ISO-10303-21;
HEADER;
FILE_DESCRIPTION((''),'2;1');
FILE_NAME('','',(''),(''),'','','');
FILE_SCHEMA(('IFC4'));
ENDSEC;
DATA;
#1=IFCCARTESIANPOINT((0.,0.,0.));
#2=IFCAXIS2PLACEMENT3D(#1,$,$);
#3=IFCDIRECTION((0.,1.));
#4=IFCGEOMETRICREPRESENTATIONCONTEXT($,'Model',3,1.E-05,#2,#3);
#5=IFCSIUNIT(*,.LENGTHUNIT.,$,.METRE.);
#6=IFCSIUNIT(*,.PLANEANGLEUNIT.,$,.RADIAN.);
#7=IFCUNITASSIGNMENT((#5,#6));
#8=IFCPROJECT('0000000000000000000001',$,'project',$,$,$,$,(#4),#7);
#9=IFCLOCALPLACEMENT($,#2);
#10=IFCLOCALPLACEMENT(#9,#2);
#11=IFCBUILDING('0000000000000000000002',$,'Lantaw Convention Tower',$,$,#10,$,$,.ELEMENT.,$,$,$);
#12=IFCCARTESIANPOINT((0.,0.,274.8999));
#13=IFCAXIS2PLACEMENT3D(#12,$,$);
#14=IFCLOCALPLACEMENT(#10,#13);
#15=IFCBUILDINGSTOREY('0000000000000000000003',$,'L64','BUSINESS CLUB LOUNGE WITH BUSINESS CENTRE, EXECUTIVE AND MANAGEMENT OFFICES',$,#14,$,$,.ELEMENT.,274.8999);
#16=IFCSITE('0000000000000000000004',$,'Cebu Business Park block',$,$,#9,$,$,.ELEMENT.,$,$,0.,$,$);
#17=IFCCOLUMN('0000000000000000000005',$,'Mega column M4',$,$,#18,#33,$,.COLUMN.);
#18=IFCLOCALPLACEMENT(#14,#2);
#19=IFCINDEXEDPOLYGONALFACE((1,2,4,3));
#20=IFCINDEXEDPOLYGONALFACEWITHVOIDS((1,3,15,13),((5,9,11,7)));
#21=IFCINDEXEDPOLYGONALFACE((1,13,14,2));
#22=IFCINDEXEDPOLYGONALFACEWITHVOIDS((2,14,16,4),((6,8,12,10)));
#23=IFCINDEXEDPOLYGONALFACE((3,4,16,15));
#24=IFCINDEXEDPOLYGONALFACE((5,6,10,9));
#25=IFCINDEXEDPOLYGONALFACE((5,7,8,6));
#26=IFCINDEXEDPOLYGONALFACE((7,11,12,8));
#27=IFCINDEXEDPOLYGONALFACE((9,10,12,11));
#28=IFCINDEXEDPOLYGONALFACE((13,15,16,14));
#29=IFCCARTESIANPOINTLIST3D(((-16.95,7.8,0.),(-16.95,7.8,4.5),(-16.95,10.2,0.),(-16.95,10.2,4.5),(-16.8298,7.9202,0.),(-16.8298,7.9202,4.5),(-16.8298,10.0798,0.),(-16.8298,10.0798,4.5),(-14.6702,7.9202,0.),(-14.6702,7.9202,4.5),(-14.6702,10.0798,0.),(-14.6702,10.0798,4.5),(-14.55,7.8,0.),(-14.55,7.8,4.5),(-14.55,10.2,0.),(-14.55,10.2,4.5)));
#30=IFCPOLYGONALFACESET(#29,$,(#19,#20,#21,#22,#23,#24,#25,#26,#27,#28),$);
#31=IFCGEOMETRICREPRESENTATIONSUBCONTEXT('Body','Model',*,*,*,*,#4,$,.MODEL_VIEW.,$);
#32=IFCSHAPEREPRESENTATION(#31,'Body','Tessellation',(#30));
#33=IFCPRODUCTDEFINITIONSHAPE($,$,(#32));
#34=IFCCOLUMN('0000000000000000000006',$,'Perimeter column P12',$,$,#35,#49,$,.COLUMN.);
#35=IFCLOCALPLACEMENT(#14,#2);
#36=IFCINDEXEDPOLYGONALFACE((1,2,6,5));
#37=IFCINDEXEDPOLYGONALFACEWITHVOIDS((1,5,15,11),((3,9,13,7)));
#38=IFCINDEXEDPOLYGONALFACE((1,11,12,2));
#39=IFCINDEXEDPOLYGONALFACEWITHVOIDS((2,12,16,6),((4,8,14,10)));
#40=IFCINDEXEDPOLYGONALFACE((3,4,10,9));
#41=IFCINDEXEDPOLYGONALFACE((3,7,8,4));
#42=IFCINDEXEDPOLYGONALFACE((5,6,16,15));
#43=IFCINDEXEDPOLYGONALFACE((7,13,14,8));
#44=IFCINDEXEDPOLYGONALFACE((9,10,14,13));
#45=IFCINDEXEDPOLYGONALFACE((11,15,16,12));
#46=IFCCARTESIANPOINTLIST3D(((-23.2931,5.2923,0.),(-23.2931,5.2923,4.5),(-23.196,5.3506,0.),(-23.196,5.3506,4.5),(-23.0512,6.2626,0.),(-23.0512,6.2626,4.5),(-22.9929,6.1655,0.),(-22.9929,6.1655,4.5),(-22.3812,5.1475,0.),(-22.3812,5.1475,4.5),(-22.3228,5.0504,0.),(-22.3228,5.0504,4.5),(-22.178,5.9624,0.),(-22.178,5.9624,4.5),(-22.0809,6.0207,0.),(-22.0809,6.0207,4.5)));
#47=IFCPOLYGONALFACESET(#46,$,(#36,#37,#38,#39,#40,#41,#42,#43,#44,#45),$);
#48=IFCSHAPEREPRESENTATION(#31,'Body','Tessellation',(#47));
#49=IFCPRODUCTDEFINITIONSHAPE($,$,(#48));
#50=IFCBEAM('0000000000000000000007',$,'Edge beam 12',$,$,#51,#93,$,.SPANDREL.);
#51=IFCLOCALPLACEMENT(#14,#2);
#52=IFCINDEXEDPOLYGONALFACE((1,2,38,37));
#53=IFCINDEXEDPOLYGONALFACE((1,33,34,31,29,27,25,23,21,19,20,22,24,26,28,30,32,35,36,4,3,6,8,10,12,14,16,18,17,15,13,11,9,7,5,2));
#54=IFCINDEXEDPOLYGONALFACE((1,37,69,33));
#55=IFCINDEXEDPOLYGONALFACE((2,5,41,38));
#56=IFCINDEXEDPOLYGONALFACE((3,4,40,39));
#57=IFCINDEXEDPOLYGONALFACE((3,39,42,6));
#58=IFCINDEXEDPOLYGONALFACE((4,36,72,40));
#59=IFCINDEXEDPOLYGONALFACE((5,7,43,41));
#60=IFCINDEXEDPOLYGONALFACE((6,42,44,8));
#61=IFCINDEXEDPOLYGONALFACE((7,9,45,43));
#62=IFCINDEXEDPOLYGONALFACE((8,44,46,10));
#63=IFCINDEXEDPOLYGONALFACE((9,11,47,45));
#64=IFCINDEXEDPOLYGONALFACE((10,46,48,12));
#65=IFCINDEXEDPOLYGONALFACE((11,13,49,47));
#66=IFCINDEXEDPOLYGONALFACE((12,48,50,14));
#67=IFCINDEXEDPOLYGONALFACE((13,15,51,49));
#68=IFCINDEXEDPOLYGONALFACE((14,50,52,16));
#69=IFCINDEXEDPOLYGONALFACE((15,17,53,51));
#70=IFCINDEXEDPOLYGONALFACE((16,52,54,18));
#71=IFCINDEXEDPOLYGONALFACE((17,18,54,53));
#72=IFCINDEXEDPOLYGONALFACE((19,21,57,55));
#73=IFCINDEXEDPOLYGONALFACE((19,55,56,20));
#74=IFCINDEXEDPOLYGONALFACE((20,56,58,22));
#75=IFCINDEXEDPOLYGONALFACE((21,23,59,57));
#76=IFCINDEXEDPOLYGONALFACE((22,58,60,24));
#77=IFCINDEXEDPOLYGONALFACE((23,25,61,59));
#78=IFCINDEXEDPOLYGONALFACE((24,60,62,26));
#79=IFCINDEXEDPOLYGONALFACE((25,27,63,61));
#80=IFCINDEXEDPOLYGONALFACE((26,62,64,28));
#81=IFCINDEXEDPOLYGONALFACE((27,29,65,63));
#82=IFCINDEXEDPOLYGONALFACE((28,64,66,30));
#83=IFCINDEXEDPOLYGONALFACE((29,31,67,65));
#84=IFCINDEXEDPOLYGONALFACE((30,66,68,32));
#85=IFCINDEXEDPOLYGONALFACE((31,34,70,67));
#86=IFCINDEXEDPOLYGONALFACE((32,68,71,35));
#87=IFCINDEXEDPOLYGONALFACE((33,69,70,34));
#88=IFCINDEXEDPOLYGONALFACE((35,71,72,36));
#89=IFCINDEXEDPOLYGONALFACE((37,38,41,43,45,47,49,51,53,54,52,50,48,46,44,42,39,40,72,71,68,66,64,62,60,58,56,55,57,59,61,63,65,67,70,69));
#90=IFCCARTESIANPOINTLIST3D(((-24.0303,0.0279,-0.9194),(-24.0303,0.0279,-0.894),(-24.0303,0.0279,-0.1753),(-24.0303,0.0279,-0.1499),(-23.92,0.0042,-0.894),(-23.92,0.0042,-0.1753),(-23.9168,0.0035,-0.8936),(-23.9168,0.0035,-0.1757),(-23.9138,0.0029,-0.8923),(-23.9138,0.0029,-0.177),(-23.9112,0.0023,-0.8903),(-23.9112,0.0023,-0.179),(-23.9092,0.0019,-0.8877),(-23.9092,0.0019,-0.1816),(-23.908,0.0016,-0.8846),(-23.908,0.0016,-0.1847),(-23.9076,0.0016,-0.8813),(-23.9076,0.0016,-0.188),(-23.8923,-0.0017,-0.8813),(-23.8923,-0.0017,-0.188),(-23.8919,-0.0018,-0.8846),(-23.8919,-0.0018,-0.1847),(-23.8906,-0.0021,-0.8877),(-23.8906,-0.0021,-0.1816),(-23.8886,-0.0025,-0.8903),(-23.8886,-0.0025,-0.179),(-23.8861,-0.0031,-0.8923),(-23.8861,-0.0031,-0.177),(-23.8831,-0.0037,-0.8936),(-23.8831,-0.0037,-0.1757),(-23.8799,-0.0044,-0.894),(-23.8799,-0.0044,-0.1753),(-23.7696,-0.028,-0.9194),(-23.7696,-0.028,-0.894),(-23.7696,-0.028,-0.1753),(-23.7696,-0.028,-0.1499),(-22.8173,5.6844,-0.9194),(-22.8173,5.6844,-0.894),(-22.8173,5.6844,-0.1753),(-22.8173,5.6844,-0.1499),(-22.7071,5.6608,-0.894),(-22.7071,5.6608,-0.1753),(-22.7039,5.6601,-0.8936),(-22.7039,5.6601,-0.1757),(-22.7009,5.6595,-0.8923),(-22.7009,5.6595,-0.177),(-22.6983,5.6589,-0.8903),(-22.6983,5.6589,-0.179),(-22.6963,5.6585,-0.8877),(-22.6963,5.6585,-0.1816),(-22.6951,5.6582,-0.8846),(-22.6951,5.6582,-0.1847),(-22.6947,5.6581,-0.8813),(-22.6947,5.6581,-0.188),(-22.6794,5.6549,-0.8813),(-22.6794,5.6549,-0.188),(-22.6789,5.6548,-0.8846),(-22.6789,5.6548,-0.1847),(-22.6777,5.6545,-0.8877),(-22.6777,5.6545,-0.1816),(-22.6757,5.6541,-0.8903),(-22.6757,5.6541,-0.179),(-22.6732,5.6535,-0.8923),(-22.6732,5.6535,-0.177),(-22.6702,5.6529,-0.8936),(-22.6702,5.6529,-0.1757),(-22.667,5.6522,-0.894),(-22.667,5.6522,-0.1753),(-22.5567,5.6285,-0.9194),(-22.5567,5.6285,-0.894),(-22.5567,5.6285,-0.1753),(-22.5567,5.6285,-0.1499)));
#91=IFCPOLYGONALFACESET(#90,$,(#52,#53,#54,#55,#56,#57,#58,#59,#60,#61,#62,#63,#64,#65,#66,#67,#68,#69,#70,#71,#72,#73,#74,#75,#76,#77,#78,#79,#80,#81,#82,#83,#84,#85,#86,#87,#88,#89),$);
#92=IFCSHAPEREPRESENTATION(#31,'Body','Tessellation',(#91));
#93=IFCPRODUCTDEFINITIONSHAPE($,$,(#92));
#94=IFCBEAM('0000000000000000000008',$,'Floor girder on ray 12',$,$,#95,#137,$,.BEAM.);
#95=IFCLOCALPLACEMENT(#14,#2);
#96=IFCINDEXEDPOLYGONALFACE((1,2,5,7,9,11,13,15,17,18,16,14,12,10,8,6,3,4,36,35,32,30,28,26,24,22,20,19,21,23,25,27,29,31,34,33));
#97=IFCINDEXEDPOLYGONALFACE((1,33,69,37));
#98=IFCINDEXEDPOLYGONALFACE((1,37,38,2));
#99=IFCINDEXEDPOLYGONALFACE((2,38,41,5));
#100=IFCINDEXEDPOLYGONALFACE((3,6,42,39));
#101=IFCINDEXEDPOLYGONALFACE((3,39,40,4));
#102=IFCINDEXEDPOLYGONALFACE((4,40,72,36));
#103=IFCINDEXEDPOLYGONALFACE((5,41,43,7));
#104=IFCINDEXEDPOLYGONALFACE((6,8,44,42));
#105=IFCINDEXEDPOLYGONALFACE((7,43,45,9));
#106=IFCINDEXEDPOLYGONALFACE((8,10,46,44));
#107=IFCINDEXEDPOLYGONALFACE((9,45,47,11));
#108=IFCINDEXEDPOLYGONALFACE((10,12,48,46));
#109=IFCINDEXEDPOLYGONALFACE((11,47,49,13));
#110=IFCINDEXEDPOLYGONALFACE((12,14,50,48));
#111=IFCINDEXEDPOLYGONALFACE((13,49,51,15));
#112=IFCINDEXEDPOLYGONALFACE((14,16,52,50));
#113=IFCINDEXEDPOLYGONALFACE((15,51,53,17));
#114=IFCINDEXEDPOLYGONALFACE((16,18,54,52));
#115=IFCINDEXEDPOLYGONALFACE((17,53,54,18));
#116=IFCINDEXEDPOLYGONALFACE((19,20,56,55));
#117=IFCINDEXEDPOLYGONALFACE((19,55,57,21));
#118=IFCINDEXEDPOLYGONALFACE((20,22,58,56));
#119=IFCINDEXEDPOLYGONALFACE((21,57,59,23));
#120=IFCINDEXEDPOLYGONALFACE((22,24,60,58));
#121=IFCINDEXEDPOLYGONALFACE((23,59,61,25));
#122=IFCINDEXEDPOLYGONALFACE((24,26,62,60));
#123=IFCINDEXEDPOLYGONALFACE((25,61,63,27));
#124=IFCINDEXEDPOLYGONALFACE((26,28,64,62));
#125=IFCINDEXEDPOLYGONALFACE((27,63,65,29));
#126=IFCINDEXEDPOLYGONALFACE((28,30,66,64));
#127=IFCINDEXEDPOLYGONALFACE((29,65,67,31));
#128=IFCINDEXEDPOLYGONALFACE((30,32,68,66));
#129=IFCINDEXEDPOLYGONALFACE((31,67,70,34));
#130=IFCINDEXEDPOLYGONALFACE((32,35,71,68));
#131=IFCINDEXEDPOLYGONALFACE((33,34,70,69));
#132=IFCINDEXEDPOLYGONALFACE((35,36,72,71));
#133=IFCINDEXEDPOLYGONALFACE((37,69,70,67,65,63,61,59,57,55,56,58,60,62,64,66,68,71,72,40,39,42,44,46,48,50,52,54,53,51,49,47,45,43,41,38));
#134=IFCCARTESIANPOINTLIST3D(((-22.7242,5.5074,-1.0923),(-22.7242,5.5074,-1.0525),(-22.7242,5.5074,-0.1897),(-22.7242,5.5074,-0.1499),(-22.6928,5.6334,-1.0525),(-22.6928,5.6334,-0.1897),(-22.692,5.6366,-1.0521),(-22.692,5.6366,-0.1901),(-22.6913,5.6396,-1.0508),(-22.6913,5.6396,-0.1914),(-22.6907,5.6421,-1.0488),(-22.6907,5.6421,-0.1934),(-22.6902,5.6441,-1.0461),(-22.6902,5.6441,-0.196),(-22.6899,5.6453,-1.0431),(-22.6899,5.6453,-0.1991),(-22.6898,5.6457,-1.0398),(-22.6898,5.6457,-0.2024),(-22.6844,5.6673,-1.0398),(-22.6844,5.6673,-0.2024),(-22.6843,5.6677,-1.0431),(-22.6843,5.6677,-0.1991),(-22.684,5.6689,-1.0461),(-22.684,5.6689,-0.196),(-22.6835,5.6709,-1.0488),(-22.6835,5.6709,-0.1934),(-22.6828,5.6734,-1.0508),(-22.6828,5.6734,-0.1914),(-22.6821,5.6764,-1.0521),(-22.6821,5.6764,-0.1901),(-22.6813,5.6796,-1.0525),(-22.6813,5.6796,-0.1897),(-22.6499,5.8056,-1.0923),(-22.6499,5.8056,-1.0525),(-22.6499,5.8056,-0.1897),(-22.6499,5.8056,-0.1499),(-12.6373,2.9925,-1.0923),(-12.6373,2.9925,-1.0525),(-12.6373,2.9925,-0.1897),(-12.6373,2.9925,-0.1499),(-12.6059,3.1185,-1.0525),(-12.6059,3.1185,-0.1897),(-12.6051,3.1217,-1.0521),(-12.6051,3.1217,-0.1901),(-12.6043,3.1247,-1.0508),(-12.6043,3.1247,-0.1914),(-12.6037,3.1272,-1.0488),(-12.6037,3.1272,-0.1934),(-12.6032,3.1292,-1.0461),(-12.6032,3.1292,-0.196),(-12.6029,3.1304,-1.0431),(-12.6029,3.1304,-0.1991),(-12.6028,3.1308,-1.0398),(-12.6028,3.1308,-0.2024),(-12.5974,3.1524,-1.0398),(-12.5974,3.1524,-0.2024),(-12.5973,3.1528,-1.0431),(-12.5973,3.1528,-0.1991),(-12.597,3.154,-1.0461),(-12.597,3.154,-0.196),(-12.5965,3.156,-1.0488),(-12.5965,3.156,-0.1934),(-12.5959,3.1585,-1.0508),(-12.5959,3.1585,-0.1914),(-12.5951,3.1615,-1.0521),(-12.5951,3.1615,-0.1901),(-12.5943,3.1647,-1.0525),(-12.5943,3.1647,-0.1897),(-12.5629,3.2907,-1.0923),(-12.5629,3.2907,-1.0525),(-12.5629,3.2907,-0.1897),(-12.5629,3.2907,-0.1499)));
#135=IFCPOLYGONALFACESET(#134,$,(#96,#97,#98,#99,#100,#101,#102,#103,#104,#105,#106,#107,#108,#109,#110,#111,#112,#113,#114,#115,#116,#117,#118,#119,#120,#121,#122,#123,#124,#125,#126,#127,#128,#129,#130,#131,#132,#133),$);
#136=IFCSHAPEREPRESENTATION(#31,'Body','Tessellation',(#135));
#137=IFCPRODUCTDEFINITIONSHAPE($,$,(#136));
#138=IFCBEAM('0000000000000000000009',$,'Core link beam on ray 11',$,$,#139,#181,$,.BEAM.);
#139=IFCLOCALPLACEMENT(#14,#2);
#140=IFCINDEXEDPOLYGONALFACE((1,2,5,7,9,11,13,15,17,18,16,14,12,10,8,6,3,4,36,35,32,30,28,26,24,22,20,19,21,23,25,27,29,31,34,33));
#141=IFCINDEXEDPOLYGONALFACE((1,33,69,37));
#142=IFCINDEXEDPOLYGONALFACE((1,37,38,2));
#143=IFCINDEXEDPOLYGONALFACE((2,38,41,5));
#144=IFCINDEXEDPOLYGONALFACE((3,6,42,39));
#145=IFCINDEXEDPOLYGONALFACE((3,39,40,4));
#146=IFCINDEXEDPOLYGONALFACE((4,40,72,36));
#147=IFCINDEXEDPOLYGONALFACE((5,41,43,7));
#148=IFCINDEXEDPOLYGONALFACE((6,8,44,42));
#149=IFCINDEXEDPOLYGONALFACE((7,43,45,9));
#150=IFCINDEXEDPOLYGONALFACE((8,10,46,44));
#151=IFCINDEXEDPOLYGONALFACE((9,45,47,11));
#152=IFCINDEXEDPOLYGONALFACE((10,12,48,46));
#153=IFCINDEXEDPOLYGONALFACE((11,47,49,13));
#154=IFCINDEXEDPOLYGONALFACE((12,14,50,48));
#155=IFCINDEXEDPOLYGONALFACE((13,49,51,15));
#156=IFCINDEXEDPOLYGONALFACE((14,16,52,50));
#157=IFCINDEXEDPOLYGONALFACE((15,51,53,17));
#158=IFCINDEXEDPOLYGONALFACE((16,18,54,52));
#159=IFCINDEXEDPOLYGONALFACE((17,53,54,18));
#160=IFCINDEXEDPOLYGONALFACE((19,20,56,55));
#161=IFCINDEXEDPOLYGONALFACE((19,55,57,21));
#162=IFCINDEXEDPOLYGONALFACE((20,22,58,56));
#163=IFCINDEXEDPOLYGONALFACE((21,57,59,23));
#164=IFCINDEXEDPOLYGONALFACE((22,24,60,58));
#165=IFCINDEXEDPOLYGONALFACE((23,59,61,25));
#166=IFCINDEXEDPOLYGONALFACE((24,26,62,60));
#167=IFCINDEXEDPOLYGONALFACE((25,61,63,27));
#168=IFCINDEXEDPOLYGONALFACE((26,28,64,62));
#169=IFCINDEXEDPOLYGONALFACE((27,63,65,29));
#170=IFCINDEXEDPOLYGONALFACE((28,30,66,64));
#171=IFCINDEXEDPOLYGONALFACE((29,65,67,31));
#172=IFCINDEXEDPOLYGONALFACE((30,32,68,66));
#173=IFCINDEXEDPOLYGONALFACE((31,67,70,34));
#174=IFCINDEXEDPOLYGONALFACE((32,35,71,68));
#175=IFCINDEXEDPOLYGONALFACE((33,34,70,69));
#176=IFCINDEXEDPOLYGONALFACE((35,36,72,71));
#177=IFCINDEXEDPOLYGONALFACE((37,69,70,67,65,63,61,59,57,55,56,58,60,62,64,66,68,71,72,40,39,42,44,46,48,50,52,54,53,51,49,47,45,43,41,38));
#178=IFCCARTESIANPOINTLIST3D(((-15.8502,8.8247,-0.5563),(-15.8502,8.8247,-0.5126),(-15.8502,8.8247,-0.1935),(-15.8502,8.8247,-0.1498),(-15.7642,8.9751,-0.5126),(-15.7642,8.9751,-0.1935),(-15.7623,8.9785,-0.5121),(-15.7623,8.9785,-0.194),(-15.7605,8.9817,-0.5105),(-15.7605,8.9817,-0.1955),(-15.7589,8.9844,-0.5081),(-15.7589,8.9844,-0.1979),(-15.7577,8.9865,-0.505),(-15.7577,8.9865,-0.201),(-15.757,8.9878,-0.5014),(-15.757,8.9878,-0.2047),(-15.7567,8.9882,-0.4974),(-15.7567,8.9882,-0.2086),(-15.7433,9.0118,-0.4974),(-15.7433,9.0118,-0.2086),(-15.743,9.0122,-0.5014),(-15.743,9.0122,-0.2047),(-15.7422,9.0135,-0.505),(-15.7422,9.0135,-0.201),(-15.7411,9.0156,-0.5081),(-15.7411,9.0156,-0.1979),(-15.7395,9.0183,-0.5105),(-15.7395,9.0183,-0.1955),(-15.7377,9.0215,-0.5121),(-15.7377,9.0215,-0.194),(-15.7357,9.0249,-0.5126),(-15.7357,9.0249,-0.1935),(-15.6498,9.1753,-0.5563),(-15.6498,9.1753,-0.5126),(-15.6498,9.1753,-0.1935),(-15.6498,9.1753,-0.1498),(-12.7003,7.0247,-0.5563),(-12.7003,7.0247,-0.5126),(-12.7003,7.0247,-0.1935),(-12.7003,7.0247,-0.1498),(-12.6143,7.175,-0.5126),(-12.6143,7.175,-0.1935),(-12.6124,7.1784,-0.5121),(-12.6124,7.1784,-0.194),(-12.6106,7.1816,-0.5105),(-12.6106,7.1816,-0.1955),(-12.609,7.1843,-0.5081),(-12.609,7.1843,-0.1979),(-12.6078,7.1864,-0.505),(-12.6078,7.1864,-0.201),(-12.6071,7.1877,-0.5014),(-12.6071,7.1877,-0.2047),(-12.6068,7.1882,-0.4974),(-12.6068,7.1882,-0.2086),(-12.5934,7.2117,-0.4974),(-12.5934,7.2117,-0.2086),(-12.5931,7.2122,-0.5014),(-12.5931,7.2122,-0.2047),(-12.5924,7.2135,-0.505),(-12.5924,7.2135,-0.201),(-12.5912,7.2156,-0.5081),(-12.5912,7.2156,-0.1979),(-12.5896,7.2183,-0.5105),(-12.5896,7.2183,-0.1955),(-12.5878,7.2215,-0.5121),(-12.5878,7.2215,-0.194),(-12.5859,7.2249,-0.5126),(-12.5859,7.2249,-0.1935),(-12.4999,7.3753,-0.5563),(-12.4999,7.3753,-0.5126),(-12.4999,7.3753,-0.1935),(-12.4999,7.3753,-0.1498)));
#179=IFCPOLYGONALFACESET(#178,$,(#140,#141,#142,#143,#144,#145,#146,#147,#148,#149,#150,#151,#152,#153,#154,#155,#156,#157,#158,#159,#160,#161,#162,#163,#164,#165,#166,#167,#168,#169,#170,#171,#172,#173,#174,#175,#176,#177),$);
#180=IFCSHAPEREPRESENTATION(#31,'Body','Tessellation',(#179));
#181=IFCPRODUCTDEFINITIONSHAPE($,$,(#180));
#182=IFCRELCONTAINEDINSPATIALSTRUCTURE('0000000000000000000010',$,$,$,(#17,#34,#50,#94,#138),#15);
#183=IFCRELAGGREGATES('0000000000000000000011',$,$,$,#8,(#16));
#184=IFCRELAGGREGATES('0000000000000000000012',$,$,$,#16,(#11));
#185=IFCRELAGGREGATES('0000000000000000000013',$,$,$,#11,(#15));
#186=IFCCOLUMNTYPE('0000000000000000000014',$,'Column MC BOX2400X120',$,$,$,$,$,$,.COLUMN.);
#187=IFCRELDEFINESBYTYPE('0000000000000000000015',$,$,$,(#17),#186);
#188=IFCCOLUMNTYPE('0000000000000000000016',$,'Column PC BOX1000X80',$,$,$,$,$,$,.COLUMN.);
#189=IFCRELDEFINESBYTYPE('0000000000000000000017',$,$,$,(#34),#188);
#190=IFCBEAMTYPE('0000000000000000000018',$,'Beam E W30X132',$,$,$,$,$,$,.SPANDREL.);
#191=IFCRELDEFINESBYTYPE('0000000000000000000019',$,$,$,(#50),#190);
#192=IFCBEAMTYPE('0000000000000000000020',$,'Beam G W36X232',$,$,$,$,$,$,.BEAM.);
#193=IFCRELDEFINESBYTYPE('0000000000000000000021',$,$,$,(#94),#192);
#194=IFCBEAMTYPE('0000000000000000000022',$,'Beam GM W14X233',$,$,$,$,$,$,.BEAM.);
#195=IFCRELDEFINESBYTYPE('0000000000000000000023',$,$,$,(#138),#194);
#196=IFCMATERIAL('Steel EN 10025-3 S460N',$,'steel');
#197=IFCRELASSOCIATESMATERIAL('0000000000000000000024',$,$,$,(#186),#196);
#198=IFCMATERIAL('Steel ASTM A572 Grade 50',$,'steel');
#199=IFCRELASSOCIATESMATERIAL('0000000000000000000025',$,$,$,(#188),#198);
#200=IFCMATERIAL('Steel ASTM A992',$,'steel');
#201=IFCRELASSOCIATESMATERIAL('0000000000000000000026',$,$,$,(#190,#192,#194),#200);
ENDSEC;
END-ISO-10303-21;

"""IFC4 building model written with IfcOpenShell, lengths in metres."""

from ifc_helpers import new_model, si_unit, direction, frame, origin, origin_2d, place, context, subcontext, project, spatial, rectangle, hollow_rectangle, i_section, extrude, material, material_profile, profile_set, type_object, element, save


model = new_model("IFC4")

# Units and contexts
model_context = context("Model", 3, precision=1e-05, world=origin(), true_north=direction((0.0, 1.0)))
body_context = subcontext(model_context, "Body", "Model", "MODEL_VIEW")
ifc_project = project(units=[si_unit("LENGTHUNIT", "METRE"), si_unit("PLANEANGLEUNIT", "RADIAN")], contexts=[model_context])

# Site, building, storey
site_placement = place(None, origin())
site = spatial("IfcSite", under=ifc_project, at=site_placement, Name="Cebu Business Park block", CompositionType="ELEMENT", RefElevation=0.0)
building_placement = place(site_placement, origin())
building = spatial("IfcBuilding", under=site, at=building_placement, Name="Lantaw Convention Tower", CompositionType="ELEMENT")
storey_placement = place(building_placement, frame((0.0, 0.0, 274.8999)))
storey = spatial("IfcBuildingStorey", under=building, at=storey_placement, Name="L64", Description="BUSINESS CLUB LOUNGE WITH BUSINESS CENTRE, EXECUTIVE AND MANAGEMENT OFFICES", CompositionType="ELEMENT", Elevation=274.8999)

# Columns
ifc_material_1 = material(Name="Steel EN 10025-3 S460N", Category="steel")
ifc_material_profile_1 = material_profile(ifc_material_1, hollow_rectangle(XDim=2.3999, YDim=2.3999, WallThickness=0.1201, at=origin_2d()), Name="BOX2400X120")
ifc_material_2 = material(Name="Concrete C60/75", Category="concrete")
ifc_material_profile_2 = material_profile(ifc_material_2, rectangle(XDim=2.1599, YDim=2.1599, at=origin_2d()), Name="Concrete fill of BOX2400X120")
ifc_profile_set_1 = profile_set([ifc_material_profile_1, ifc_material_profile_2], Name="Steel EN 10025-3 S460N")
column_type_1 = type_object("IfcColumnType", Name="Column MC BOX2400X120", PredefinedType="COLUMN", material=ifc_profile_set_1)
column_1_placement = place(storey_placement, frame((-15.75, 9.0, 0.0), z_axis=(0.0, 0.0, 1.0), x_axis=(1.0, 0.0, 0.0)))
element("IfcColumn", 1, at=column_1_placement, inside=storey, type_object=column_type_1, Name="Mega column M4", PredefinedType="COLUMN", context=body_context, shape_type="SweptSolid", body=[
    extrude(hollow_rectangle(XDim=2.3999, YDim=2.3999, WallThickness=0.1201, at=origin_2d()), origin(), (0.0, 0.0, 1.0), 4.5),
])
ifc_material_3 = material(Name="Steel ASTM A572 Grade 50", Category="steel")
ifc_material_profile_3 = material_profile(ifc_material_3, hollow_rectangle(XDim=1.0, YDim=1.0, WallThickness=0.0801, at=origin_2d()), Name="BOX1000X80")
ifc_material_profile_4 = material_profile(ifc_material_2, rectangle(XDim=0.8401, YDim=0.8401, at=origin_2d()), Name="Concrete fill of BOX1000X80")
ifc_profile_set_2 = profile_set([ifc_material_profile_3, ifc_material_profile_4], Name="Steel ASTM A572 Grade 50")
column_type_2 = type_object("IfcColumnType", Name="Column PC BOX1000X80", PredefinedType="COLUMN", material=ifc_profile_set_2)
column_2_placement = place(storey_placement, frame((-22.687, 5.6565, 0.0), z_axis=(0.0, 0.0, 1.0), x_axis=(0.241922, 0.970296, 0.0)))
element("IfcColumn", 2, at=column_2_placement, inside=storey, type_object=column_type_2, Name="Perimeter column P12", PredefinedType="COLUMN", context=body_context, shape_type="SweptSolid", body=[
    extrude(hollow_rectangle(XDim=1.0, YDim=1.0, WallThickness=0.0801, at=origin_2d()), origin(), (0.0, 0.0, 1.0), 4.5),
])

# Beams
ifc_material_4 = material(Name="Steel ASTM A992", Category="steel")
ifc_material_profile_5 = material_profile(ifc_material_4, i_section(OverallWidth=0.2666, OverallDepth=0.7695, WebThickness=0.0156, FlangeThickness=0.0254, FilletRadius=0.0127, at=origin_2d()), Name="W30X132")
ifc_profile_set_3 = profile_set([ifc_material_profile_5], Name="Steel ASTM A992")
beam_type_1 = type_object("IfcBeamType", Name="Beam E W30X132", PredefinedType="SPANDREL", material=ifc_profile_set_3)
beam_1_placement = place(storey_placement, frame((-22.687, 5.6565, -0.5347), z_axis=(-0.209659, -0.977775, 0.0), x_axis=(0.977775, -0.209659, 0.0)))
element("IfcBeam", 3, at=beam_1_placement, inside=storey, type_object=beam_type_1, Name="Edge beam 12", PredefinedType="SPANDREL", context=body_context, shape_type="SweptSolid", body=[
    extrude(i_section(OverallWidth=0.2666, OverallDepth=0.7695, WebThickness=0.0156, FlangeThickness=0.0254, FilletRadius=0.0127, at=origin_2d()), origin(), (0.0, 0.0, 1.0), 5.7852),
])
ifc_material_profile_6 = material_profile(ifc_material_4, i_section(OverallWidth=0.3074, OverallDepth=0.9424, WebThickness=0.0222, FlangeThickness=0.0398, FilletRadius=0.0127, at=origin_2d()), Name="W36X232")
ifc_profile_set_4 = profile_set([ifc_material_profile_6], Name="Steel ASTM A992")
beam_type_2 = type_object("IfcBeamType", Name="Beam G W36X232", PredefinedType="BEAM", material=ifc_profile_set_4)
beam_2_placement = place(storey_placement, frame((-12.6001, 3.1416, -0.6211), z_axis=(-0.970297, 0.241917, 0.0), x_axis=(-0.241917, -0.970297, 0.0)))
element("IfcBeam", 4, at=beam_2_placement, inside=storey, type_object=beam_type_2, Name="Floor girder on ray 12", PredefinedType="BEAM", context=body_context, shape_type="SweptSolid", body=[
    extrude(i_section(OverallWidth=0.3074, OverallDepth=0.9424, WebThickness=0.0222, FlangeThickness=0.0398, FilletRadius=0.0127, at=origin_2d()), origin(), (0.0, 0.0, 1.0), 10.3958),
])
ifc_material_profile_7 = material_profile(ifc_material_4, i_section(OverallWidth=0.4038, OverallDepth=0.4065, WebThickness=0.0271, FlangeThickness=0.0437, FilletRadius=0.0151, at=origin_2d()), Name="W14X233")
ifc_profile_set_5 = profile_set([ifc_material_profile_7], Name="Steel ASTM A992")
beam_type_3 = type_object("IfcBeamType", Name="Beam GM W14X233", PredefinedType="BEAM", material=ifc_profile_set_5)
beam_3_placement = place(storey_placement, frame((-12.6001, 7.2, -0.353), z_axis=(-0.868231, 0.496161, 0.0), x_axis=(-0.496161, -0.868231, 0.0)))
element("IfcBeam", 5, at=beam_3_placement, inside=storey, type_object=beam_type_3, Name="Core link beam on ray 11", PredefinedType="BEAM", context=body_context, shape_type="SweptSolid", body=[
    extrude(i_section(OverallWidth=0.4038, OverallDepth=0.4065, WebThickness=0.0271, FlangeThickness=0.0437, FilletRadius=0.0151, at=origin_2d()), origin(), (0.0, 0.0, 1.0), 3.6279),
])

save(model, "model.ifc")
